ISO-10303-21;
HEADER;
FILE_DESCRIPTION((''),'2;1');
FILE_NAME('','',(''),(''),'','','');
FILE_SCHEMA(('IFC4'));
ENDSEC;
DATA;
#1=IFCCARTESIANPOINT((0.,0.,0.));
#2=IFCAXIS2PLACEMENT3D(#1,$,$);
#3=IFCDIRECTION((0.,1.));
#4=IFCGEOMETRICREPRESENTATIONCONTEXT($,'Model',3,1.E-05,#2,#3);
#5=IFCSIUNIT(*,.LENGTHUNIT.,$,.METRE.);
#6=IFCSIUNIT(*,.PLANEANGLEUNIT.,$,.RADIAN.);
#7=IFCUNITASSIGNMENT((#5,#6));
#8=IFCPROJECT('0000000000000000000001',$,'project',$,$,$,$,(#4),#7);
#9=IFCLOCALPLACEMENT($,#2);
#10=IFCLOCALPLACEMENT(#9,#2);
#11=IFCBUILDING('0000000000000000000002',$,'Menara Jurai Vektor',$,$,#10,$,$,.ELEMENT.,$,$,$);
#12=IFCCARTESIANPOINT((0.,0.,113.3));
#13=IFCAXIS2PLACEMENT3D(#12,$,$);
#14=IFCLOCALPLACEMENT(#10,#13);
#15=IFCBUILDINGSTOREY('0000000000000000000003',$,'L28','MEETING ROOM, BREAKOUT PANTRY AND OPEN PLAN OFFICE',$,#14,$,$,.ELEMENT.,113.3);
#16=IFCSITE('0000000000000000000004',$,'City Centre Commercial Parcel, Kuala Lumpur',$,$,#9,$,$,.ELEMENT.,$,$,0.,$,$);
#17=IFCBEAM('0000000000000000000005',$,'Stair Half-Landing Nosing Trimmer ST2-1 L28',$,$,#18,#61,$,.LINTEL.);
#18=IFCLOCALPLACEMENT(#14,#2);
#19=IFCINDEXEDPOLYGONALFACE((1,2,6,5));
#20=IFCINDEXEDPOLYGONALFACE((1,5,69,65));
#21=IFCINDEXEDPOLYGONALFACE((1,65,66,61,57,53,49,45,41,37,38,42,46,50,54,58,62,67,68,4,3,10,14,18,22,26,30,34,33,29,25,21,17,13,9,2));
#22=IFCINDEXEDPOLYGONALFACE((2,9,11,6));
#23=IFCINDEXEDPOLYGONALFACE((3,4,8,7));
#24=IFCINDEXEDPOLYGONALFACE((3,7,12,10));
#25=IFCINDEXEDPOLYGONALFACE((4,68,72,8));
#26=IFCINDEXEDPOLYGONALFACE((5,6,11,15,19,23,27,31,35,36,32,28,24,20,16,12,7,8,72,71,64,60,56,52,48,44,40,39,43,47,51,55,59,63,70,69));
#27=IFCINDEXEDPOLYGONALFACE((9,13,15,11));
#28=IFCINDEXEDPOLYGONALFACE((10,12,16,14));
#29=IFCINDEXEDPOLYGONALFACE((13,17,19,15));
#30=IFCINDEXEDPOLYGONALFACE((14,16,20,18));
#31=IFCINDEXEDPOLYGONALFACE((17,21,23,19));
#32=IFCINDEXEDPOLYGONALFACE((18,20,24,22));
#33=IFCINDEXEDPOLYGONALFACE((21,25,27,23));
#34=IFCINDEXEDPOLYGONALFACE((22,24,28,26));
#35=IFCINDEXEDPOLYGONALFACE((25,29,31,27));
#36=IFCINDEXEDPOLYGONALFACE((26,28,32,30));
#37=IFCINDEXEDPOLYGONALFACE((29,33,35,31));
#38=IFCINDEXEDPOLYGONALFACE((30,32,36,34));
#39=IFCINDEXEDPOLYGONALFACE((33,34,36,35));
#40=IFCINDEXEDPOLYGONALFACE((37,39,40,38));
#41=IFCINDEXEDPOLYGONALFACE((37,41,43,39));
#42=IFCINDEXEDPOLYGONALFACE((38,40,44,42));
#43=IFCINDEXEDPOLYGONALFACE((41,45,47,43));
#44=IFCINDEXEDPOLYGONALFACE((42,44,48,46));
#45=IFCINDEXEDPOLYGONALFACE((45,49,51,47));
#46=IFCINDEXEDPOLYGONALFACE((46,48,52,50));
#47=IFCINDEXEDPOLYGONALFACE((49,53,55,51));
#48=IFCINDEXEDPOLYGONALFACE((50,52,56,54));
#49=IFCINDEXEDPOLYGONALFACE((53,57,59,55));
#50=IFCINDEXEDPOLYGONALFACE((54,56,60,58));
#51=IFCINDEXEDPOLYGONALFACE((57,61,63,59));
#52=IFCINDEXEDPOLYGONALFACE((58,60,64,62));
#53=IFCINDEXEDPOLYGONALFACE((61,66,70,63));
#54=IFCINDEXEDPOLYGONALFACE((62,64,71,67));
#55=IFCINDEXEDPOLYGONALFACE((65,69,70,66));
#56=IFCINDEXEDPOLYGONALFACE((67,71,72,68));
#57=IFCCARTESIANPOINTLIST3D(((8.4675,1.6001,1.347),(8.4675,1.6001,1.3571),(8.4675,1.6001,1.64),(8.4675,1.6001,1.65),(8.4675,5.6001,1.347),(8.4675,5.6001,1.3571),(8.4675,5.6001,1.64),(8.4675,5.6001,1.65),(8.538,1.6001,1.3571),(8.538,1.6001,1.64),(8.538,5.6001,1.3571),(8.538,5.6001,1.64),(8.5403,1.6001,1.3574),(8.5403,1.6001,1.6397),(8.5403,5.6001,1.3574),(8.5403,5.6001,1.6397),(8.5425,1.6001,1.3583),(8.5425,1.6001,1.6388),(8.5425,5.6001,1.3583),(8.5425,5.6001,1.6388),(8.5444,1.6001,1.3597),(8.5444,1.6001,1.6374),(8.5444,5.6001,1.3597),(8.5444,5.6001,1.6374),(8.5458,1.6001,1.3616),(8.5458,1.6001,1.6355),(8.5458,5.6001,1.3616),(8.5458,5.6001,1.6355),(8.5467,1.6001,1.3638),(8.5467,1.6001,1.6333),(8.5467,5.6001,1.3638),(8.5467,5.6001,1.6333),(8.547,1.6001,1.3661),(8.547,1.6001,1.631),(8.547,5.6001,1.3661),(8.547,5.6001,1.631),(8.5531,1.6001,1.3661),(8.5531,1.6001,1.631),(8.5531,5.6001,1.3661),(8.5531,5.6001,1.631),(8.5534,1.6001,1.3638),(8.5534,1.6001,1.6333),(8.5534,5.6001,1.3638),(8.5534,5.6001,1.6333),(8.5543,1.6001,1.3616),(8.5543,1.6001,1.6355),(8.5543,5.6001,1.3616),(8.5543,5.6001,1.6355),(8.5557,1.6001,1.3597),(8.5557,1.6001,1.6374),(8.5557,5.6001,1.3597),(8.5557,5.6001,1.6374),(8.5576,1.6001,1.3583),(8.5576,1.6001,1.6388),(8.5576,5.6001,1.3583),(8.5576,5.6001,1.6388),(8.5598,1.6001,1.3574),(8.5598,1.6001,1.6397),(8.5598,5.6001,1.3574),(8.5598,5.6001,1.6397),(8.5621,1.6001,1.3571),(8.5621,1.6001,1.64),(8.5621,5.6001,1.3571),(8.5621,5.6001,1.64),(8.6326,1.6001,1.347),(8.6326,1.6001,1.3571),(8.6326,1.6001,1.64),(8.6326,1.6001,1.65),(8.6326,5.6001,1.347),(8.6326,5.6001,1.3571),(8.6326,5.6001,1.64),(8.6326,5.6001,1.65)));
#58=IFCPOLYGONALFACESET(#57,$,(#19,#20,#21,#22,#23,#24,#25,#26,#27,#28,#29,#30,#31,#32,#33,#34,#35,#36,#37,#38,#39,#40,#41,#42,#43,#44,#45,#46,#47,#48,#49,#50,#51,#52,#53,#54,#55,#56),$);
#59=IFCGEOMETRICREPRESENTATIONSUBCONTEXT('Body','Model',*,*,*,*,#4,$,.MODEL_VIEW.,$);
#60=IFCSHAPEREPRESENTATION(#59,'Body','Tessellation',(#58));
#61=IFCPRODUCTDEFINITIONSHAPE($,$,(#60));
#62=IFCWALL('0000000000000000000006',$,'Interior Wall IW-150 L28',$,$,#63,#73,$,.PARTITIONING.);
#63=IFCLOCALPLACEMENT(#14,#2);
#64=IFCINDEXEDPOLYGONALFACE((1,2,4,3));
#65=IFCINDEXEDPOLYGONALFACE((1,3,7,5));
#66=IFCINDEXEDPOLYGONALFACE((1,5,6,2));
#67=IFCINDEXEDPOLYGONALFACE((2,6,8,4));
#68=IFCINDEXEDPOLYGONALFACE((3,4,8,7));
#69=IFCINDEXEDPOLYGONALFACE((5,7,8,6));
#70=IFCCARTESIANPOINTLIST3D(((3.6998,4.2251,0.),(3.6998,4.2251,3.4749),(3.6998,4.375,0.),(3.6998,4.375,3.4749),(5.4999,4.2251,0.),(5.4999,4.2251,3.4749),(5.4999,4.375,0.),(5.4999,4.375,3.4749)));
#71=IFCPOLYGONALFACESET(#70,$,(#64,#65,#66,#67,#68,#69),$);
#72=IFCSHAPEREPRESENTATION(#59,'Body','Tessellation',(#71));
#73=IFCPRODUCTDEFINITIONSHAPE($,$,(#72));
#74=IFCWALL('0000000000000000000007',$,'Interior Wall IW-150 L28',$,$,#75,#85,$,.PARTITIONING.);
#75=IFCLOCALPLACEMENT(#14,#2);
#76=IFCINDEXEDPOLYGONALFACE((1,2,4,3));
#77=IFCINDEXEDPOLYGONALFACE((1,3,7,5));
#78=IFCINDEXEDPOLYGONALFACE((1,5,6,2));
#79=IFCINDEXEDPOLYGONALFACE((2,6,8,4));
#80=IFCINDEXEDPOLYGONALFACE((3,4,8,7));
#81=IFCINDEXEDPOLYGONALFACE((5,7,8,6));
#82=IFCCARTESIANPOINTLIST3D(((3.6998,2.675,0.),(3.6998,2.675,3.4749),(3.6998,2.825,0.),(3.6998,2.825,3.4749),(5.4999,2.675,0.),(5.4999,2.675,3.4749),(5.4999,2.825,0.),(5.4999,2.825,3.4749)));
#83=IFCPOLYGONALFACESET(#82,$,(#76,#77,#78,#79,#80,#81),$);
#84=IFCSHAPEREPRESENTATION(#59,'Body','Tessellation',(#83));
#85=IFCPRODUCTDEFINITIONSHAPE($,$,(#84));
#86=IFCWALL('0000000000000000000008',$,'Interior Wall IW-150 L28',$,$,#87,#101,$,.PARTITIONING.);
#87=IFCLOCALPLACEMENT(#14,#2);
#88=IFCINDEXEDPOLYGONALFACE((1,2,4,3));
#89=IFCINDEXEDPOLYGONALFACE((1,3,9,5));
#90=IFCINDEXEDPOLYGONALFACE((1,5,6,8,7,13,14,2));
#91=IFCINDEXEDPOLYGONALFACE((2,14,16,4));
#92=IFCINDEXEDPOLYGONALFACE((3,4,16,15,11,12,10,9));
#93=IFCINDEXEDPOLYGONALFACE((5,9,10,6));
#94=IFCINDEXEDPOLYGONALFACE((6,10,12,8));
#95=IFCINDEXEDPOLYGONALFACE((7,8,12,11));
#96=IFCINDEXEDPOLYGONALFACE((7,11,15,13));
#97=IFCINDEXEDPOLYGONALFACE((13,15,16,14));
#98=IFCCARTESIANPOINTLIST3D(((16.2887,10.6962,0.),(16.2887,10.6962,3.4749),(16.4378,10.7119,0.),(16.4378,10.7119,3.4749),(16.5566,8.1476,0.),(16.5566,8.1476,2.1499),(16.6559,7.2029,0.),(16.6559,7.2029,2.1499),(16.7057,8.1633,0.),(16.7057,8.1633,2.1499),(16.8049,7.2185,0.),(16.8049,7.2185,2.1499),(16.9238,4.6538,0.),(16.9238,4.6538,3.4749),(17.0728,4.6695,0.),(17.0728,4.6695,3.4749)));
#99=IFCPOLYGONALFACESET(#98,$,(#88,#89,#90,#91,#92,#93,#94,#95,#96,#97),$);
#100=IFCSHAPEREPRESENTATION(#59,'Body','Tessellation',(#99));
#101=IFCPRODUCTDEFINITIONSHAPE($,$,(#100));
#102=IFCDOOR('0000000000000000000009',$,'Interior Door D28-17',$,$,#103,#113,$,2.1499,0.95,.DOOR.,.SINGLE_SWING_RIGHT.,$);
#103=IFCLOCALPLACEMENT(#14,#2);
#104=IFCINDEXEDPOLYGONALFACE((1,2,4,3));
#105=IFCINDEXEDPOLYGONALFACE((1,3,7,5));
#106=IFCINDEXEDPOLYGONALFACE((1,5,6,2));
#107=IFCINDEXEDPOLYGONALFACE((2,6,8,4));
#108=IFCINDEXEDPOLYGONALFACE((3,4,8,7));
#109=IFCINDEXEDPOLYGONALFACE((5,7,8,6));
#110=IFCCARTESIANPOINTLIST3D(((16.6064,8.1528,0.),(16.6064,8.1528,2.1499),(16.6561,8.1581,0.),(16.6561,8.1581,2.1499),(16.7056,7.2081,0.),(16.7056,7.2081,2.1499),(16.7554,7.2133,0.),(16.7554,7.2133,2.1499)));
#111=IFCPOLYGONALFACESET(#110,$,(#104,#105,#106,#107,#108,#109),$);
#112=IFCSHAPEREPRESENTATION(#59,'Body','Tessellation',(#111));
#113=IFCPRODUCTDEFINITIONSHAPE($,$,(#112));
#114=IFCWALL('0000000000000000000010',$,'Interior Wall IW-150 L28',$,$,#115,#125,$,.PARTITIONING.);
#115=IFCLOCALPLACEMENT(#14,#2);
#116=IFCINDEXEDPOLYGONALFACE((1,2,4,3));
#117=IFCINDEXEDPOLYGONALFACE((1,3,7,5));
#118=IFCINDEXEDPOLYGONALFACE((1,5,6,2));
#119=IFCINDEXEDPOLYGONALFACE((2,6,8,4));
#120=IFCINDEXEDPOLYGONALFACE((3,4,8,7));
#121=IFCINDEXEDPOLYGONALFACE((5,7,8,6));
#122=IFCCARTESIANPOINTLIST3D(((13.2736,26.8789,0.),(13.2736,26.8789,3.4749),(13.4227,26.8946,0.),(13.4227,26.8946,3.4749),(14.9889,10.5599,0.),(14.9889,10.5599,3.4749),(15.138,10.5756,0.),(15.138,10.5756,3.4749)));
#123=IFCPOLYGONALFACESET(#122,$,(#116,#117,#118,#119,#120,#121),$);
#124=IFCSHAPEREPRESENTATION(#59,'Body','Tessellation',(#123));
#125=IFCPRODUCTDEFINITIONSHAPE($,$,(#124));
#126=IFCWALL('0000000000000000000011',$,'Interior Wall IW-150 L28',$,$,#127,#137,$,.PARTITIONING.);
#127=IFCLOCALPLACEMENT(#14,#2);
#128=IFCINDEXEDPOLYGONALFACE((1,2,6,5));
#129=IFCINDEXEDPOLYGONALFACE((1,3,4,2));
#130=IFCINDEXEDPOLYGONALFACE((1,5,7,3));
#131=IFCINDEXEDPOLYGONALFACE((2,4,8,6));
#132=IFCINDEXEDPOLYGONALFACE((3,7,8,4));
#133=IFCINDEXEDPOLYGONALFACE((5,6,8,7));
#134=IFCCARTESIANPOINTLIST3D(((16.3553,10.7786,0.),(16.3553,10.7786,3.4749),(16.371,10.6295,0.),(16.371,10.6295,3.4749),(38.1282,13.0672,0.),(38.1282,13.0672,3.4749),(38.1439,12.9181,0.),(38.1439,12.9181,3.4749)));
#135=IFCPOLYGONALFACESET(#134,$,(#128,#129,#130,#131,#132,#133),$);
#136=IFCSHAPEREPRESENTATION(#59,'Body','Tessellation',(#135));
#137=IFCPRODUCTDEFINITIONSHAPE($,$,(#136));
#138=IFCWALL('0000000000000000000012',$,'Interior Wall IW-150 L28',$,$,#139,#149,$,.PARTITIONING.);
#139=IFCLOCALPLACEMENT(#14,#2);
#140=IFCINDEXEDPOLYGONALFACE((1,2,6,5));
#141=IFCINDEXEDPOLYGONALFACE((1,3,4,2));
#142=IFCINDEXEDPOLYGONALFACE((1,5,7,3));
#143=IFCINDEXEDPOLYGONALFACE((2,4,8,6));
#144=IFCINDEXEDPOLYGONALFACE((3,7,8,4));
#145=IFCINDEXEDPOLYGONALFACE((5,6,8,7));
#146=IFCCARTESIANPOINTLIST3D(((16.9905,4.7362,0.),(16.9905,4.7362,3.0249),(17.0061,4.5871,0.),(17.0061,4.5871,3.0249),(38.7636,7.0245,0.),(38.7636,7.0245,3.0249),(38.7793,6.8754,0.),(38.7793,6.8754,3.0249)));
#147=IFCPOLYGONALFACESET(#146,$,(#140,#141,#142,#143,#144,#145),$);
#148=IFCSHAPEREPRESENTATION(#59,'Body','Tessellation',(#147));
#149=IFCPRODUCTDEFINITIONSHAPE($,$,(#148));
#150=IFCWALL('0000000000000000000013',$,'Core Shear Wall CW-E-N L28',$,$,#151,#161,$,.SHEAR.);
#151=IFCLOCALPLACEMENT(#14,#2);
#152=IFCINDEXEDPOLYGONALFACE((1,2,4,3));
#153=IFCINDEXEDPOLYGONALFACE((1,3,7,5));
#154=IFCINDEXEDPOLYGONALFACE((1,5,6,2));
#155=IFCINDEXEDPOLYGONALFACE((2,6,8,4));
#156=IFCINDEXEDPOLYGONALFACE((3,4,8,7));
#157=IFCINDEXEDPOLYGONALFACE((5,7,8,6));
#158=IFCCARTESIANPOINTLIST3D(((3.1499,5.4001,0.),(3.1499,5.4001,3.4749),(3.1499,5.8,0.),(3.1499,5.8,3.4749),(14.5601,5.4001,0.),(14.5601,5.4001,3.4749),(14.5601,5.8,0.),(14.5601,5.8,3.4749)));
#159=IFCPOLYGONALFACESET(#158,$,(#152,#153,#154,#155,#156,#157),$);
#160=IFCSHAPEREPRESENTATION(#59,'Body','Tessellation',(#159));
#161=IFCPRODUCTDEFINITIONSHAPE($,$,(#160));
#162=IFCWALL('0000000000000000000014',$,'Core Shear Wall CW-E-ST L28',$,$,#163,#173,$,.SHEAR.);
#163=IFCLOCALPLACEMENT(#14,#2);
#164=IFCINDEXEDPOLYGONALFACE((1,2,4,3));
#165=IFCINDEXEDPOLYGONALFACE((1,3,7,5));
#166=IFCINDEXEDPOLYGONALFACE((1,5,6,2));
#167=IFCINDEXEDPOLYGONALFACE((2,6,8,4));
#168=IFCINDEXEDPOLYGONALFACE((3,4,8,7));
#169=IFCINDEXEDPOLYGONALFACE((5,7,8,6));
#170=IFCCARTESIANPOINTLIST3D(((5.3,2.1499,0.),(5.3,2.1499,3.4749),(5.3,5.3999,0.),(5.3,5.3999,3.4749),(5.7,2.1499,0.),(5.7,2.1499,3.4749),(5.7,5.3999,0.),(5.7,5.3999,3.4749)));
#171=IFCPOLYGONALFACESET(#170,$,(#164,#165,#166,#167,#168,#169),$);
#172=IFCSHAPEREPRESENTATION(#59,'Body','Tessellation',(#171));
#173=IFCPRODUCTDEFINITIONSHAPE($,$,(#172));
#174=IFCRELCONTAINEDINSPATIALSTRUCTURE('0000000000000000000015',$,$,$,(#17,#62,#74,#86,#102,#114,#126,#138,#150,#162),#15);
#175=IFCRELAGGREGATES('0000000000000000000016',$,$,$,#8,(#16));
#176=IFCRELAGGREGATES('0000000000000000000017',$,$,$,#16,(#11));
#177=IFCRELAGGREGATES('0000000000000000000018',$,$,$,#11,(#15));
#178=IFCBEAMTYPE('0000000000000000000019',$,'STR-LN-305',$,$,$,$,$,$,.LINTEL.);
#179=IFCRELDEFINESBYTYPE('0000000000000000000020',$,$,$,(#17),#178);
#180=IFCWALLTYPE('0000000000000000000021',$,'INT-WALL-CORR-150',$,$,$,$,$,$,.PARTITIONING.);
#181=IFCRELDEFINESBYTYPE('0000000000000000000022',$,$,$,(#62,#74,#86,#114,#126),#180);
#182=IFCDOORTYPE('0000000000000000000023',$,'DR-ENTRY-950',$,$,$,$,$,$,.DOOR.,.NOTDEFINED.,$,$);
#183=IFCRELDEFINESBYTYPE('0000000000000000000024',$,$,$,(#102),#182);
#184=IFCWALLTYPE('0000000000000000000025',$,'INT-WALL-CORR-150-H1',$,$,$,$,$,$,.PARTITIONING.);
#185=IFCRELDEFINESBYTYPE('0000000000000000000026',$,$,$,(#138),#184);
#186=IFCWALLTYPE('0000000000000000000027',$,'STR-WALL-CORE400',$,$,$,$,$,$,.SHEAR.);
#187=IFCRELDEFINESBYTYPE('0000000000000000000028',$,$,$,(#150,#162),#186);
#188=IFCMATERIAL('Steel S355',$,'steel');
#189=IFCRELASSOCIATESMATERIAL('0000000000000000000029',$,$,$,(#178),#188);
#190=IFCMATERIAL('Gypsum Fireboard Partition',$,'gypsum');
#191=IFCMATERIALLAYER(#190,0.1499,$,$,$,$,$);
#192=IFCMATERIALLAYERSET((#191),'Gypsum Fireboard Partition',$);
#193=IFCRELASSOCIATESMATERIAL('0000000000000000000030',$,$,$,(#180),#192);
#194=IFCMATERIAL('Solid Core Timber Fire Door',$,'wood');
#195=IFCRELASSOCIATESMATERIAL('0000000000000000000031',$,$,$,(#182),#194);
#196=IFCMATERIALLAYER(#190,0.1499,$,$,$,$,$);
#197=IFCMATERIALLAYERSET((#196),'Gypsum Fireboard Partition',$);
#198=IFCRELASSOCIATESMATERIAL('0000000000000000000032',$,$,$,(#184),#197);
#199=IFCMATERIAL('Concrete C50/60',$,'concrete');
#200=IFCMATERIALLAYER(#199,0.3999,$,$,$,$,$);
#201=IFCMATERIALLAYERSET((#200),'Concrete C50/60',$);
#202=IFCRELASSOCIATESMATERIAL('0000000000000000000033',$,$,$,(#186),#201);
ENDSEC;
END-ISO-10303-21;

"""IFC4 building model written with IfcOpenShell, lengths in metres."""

from ifc_helpers import new_model, si_unit, direction, frame, frame_2d, origin, origin_2d, place, context, subcontext, project, spatial, rectangle, i_section, extrude, material, layer, layer_set, material_profile, profile_set, type_object, element, fill, save


model = new_model("IFC4")

# Units and contexts
model_context = context("Model", 3, precision=1e-05, world=origin(), true_north=direction((0.0, 1.0)))
body_context = subcontext(model_context, "Body", "Model", "MODEL_VIEW")
ifc_project = project(units=[si_unit("LENGTHUNIT", "METRE"), si_unit("PLANEANGLEUNIT", "RADIAN")], contexts=[model_context])

# Site, building, storey
site_placement = place(None, origin())
site = spatial("IfcSite", under=ifc_project, at=site_placement, Name="City Centre Commercial Parcel, Kuala Lumpur", CompositionType="ELEMENT", RefElevation=0.0)
building_placement = place(site_placement, origin())
building = spatial("IfcBuilding", under=site, at=building_placement, Name="Menara Jurai Vektor", CompositionType="ELEMENT")
storey_placement = place(building_placement, frame((0.0, 0.0, 113.3)))
storey = spatial("IfcBuildingStorey", under=building, at=storey_placement, Name="L28", Description="MEETING ROOM, BREAKOUT PANTRY AND OPEN PLAN OFFICE", CompositionType="ELEMENT", Elevation=113.3)

# Shared definitions
ifc_material_1 = material(Name="Concrete C50/60", Category="concrete")
ifc_material_2 = material(Name="Steel S355", Category="steel")

# Beam
ifc_material_profile_1 = material_profile(ifc_material_2, i_section(OverallWidth=0.165, OverallDepth=0.303, WebThickness=0.0061, FlangeThickness=0.01, FilletRadius=0.009, at=origin_2d()), Name="UKB 305x165x40")
ifc_profile_set_1 = profile_set([ifc_material_profile_1], Name="Steel S355")
beam_type_1 = type_object("IfcBeamType", Name="STR-LN-305", PredefinedType="LINTEL", material=ifc_profile_set_1)
beam_1_placement = place(storey_placement, frame((8.55, 1.6001, 1.4985), z_axis=(0.0, 1.0, 0.0), x_axis=(-1.0, 0.0, 0.0)))
element("IfcBeam", 1, at=beam_1_placement, inside=storey, type_object=beam_type_1, Name="Stair Half-Landing Nosing Trimmer ST2-1 L28", PredefinedType="LINTEL", context=body_context, shape_type="SweptSolid", body=[
    extrude(i_section(OverallWidth=0.165, OverallDepth=0.303, WebThickness=0.0061, FlangeThickness=0.01, FilletRadius=0.009, at=origin_2d()), origin(), (0.0, 0.0, 1.0), 4.0),
])

# Walls
ifc_material_3 = material(Name="Gypsum Fireboard Partition", Category="gypsum")
ifc_layer_1 = layer(ifc_material_3, 0.1499)
ifc_layer_set_1 = layer_set([ifc_layer_1], Name="Gypsum Fireboard Partition")
wall_type_1 = type_object("IfcWallType", Name="INT-WALL-CORR-150", PredefinedType="PARTITIONING", material=ifc_layer_set_1)
for number, where, z_axis, x_axis, name in (
    (2, (3.7, 4.3, 0.0), (0.0, 0.0, 1.0), (1.0, 0.0, 0.0), "Interior Wall IW-150 L28"),
    (3, (3.7, 2.75, 0.0), (0.0, 0.0, 1.0), (1.0, 0.0, 0.0), "Interior Wall IW-150 L28"),
):
    element("IfcWall", number, at=place(storey_placement, frame(where, z_axis=z_axis, x_axis=x_axis)), inside=storey, type_object=wall_type_1, Name=name, PredefinedType="PARTITIONING", context=body_context, shape_type="SweptSolid", body=[
        extrude(rectangle(XDim=1.8, YDim=0.1499, at=frame_2d((0.8999, 0.0))), origin(), (0.0, 0.0, 1.0), 3.4749),
    ])

# Wall, opening, door
ifc_material_4 = material(Name="Solid Core Timber Fire Door", Category="wood")
door_type_1 = type_object("IfcDoorType", Name="DR-ENTRY-950", OperationType="NOTDEFINED", PredefinedType="DOOR", material=ifc_material_4)
wall_1_placement = place(storey_placement, frame((16.9983, 4.6616, 0.0), z_axis=(0.0, 0.0, 1.0), x_axis=(-0.104515, 0.994523, 0.0)))
wall_1 = element("IfcWall", 4, at=wall_1_placement, inside=storey, type_object=wall_type_1, Name="Interior Wall IW-150 L28", PredefinedType="PARTITIONING", context=body_context, shape_type="SweptSolid", body=[
    extrude(rectangle(XDim=6.0757, YDim=0.1499, at=frame_2d((3.0378, 0.0))), origin(), (0.0, 0.0, 1.0), 3.4749),
])
opening_1_placement = place(wall_1_placement, frame((2.563, 0.0, 0.0)))
opening_1 = element("IfcOpeningElement", 5, at=opening_1_placement, cuts=wall_1, PredefinedType="OPENING", context=body_context, shape_type="SweptSolid", body=[
    extrude(rectangle(XDim=0.95, YDim=2.1499, at=frame_2d((0.4751, 1.075))), frame((0.0, 0.085, 0.0), z_axis=(0.0, -1.0, 0.0), x_axis=(1.0, 0.0, 0.0)), (0.0, 0.0, 1.0), 0.1699),
])
door_1_placement = place(opening_1_placement, origin())
door_1 = element("IfcDoor", 6, at=door_1_placement, inside=storey, type_object=door_type_1, Name="Interior Door D28-17", OperationType="SINGLE_SWING_RIGHT", OverallHeight=2.1499, OverallWidth=0.95, PredefinedType="DOOR", context=body_context, shape_type="SweptSolid", body=[
    extrude(rectangle(XDim=0.95, YDim=2.1499, at=frame_2d((0.4751, 1.075))), frame((0.0, 0.0249, 0.0), z_axis=(0.0, -1.0, 0.0), x_axis=(1.0, 0.0, 0.0)), (0.0, 0.0, 1.0), 0.05),
])
fill(opening_1, door_1)

# Walls
wall_2_placement = place(storey_placement, frame((15.0635, 10.5676, 0.0), z_axis=(0.0, 0.0, 1.0), x_axis=(-0.104536, 0.994521, 0.0)))
element("IfcWall", 7, at=wall_2_placement, inside=storey, type_object=wall_type_1, Name="Interior Wall IW-150 L28", PredefinedType="PARTITIONING", context=body_context, shape_type="SweptSolid", body=[
    extrude(rectangle(XDim=16.4089, YDim=0.1499, at=frame_2d((8.2046, 0.0))), origin(), (0.0, 0.0, 1.0), 3.4749),
])
wall_3_placement = place(storey_placement, frame((16.3633, 10.7041, 0.0), z_axis=(0.0, 0.0, 1.0), x_axis=(0.994521, 0.104535, 0.0)))
element("IfcWall", 8, at=wall_3_placement, inside=storey, type_object=wall_type_1, Name="Interior Wall IW-150 L28", PredefinedType="PARTITIONING", context=body_context, shape_type="SweptSolid", body=[
    extrude(rectangle(XDim=21.8928, YDim=0.1499, at=frame_2d((10.9463, 0.0))), origin(), (0.0, 0.0, 1.0), 3.4749),
])
ifc_layer_2 = layer(ifc_material_3, 0.1499)
ifc_layer_set_2 = layer_set([ifc_layer_2], Name="Gypsum Fireboard Partition")
wall_type_2 = type_object("IfcWallType", Name="INT-WALL-CORR-150-H1", PredefinedType="PARTITIONING", material=ifc_layer_set_2)
wall_4_placement = place(storey_placement, frame((16.9983, 4.6616, 0.0), z_axis=(0.0, 0.0, 1.0), x_axis=(0.994522, 0.104523, 0.0)))
element("IfcWall", 9, at=wall_4_placement, inside=storey, type_object=wall_type_2, Name="Interior Wall IW-150 L28", PredefinedType="PARTITIONING", context=body_context, shape_type="SweptSolid", body=[
    extrude(rectangle(XDim=21.8931, YDim=0.1499, at=frame_2d((10.9465, 0.0))), origin(), (0.0, 0.0, 1.0), 3.0249),
])
ifc_layer_3 = layer(ifc_material_1, 0.3999)
ifc_layer_set_3 = layer_set([ifc_layer_3], Name="Concrete C50/60")
wall_type_3 = type_object("IfcWallType", Name="STR-WALL-CORE400", PredefinedType="SHEAR", material=ifc_layer_set_3)
wall_5_placement = place(storey_placement, frame((3.1499, 5.6001, 0.0), z_axis=(0.0, 0.0, 1.0), x_axis=(1.0, 0.0, 0.0)))
element("IfcWall", 10, at=wall_5_placement, inside=storey, type_object=wall_type_3, Name="Core Shear Wall CW-E-N L28", PredefinedType="SHEAR", context=body_context, shape_type="SweptSolid", body=[
    extrude(rectangle(XDim=11.4102, YDim=0.3999, at=frame_2d((5.7051, 0.0))), origin(), (0.0, 0.0, 1.0), 3.4749),
])
wall_6_placement = place(storey_placement, frame((5.5, 2.1499, 0.0), z_axis=(0.0, 0.0, 1.0), x_axis=(0.0, 1.0, 0.0)))
element("IfcWall", 11, at=wall_6_placement, inside=storey, type_object=wall_type_3, Name="Core Shear Wall CW-E-ST L28", PredefinedType="SHEAR", context=body_context, shape_type="SweptSolid", body=[
    extrude(rectangle(XDim=3.25, YDim=0.3999, at=frame_2d((1.625, 0.0))), origin(), (0.0, 0.0, 1.0), 3.4749),
])

save(model, "model.ifc")
